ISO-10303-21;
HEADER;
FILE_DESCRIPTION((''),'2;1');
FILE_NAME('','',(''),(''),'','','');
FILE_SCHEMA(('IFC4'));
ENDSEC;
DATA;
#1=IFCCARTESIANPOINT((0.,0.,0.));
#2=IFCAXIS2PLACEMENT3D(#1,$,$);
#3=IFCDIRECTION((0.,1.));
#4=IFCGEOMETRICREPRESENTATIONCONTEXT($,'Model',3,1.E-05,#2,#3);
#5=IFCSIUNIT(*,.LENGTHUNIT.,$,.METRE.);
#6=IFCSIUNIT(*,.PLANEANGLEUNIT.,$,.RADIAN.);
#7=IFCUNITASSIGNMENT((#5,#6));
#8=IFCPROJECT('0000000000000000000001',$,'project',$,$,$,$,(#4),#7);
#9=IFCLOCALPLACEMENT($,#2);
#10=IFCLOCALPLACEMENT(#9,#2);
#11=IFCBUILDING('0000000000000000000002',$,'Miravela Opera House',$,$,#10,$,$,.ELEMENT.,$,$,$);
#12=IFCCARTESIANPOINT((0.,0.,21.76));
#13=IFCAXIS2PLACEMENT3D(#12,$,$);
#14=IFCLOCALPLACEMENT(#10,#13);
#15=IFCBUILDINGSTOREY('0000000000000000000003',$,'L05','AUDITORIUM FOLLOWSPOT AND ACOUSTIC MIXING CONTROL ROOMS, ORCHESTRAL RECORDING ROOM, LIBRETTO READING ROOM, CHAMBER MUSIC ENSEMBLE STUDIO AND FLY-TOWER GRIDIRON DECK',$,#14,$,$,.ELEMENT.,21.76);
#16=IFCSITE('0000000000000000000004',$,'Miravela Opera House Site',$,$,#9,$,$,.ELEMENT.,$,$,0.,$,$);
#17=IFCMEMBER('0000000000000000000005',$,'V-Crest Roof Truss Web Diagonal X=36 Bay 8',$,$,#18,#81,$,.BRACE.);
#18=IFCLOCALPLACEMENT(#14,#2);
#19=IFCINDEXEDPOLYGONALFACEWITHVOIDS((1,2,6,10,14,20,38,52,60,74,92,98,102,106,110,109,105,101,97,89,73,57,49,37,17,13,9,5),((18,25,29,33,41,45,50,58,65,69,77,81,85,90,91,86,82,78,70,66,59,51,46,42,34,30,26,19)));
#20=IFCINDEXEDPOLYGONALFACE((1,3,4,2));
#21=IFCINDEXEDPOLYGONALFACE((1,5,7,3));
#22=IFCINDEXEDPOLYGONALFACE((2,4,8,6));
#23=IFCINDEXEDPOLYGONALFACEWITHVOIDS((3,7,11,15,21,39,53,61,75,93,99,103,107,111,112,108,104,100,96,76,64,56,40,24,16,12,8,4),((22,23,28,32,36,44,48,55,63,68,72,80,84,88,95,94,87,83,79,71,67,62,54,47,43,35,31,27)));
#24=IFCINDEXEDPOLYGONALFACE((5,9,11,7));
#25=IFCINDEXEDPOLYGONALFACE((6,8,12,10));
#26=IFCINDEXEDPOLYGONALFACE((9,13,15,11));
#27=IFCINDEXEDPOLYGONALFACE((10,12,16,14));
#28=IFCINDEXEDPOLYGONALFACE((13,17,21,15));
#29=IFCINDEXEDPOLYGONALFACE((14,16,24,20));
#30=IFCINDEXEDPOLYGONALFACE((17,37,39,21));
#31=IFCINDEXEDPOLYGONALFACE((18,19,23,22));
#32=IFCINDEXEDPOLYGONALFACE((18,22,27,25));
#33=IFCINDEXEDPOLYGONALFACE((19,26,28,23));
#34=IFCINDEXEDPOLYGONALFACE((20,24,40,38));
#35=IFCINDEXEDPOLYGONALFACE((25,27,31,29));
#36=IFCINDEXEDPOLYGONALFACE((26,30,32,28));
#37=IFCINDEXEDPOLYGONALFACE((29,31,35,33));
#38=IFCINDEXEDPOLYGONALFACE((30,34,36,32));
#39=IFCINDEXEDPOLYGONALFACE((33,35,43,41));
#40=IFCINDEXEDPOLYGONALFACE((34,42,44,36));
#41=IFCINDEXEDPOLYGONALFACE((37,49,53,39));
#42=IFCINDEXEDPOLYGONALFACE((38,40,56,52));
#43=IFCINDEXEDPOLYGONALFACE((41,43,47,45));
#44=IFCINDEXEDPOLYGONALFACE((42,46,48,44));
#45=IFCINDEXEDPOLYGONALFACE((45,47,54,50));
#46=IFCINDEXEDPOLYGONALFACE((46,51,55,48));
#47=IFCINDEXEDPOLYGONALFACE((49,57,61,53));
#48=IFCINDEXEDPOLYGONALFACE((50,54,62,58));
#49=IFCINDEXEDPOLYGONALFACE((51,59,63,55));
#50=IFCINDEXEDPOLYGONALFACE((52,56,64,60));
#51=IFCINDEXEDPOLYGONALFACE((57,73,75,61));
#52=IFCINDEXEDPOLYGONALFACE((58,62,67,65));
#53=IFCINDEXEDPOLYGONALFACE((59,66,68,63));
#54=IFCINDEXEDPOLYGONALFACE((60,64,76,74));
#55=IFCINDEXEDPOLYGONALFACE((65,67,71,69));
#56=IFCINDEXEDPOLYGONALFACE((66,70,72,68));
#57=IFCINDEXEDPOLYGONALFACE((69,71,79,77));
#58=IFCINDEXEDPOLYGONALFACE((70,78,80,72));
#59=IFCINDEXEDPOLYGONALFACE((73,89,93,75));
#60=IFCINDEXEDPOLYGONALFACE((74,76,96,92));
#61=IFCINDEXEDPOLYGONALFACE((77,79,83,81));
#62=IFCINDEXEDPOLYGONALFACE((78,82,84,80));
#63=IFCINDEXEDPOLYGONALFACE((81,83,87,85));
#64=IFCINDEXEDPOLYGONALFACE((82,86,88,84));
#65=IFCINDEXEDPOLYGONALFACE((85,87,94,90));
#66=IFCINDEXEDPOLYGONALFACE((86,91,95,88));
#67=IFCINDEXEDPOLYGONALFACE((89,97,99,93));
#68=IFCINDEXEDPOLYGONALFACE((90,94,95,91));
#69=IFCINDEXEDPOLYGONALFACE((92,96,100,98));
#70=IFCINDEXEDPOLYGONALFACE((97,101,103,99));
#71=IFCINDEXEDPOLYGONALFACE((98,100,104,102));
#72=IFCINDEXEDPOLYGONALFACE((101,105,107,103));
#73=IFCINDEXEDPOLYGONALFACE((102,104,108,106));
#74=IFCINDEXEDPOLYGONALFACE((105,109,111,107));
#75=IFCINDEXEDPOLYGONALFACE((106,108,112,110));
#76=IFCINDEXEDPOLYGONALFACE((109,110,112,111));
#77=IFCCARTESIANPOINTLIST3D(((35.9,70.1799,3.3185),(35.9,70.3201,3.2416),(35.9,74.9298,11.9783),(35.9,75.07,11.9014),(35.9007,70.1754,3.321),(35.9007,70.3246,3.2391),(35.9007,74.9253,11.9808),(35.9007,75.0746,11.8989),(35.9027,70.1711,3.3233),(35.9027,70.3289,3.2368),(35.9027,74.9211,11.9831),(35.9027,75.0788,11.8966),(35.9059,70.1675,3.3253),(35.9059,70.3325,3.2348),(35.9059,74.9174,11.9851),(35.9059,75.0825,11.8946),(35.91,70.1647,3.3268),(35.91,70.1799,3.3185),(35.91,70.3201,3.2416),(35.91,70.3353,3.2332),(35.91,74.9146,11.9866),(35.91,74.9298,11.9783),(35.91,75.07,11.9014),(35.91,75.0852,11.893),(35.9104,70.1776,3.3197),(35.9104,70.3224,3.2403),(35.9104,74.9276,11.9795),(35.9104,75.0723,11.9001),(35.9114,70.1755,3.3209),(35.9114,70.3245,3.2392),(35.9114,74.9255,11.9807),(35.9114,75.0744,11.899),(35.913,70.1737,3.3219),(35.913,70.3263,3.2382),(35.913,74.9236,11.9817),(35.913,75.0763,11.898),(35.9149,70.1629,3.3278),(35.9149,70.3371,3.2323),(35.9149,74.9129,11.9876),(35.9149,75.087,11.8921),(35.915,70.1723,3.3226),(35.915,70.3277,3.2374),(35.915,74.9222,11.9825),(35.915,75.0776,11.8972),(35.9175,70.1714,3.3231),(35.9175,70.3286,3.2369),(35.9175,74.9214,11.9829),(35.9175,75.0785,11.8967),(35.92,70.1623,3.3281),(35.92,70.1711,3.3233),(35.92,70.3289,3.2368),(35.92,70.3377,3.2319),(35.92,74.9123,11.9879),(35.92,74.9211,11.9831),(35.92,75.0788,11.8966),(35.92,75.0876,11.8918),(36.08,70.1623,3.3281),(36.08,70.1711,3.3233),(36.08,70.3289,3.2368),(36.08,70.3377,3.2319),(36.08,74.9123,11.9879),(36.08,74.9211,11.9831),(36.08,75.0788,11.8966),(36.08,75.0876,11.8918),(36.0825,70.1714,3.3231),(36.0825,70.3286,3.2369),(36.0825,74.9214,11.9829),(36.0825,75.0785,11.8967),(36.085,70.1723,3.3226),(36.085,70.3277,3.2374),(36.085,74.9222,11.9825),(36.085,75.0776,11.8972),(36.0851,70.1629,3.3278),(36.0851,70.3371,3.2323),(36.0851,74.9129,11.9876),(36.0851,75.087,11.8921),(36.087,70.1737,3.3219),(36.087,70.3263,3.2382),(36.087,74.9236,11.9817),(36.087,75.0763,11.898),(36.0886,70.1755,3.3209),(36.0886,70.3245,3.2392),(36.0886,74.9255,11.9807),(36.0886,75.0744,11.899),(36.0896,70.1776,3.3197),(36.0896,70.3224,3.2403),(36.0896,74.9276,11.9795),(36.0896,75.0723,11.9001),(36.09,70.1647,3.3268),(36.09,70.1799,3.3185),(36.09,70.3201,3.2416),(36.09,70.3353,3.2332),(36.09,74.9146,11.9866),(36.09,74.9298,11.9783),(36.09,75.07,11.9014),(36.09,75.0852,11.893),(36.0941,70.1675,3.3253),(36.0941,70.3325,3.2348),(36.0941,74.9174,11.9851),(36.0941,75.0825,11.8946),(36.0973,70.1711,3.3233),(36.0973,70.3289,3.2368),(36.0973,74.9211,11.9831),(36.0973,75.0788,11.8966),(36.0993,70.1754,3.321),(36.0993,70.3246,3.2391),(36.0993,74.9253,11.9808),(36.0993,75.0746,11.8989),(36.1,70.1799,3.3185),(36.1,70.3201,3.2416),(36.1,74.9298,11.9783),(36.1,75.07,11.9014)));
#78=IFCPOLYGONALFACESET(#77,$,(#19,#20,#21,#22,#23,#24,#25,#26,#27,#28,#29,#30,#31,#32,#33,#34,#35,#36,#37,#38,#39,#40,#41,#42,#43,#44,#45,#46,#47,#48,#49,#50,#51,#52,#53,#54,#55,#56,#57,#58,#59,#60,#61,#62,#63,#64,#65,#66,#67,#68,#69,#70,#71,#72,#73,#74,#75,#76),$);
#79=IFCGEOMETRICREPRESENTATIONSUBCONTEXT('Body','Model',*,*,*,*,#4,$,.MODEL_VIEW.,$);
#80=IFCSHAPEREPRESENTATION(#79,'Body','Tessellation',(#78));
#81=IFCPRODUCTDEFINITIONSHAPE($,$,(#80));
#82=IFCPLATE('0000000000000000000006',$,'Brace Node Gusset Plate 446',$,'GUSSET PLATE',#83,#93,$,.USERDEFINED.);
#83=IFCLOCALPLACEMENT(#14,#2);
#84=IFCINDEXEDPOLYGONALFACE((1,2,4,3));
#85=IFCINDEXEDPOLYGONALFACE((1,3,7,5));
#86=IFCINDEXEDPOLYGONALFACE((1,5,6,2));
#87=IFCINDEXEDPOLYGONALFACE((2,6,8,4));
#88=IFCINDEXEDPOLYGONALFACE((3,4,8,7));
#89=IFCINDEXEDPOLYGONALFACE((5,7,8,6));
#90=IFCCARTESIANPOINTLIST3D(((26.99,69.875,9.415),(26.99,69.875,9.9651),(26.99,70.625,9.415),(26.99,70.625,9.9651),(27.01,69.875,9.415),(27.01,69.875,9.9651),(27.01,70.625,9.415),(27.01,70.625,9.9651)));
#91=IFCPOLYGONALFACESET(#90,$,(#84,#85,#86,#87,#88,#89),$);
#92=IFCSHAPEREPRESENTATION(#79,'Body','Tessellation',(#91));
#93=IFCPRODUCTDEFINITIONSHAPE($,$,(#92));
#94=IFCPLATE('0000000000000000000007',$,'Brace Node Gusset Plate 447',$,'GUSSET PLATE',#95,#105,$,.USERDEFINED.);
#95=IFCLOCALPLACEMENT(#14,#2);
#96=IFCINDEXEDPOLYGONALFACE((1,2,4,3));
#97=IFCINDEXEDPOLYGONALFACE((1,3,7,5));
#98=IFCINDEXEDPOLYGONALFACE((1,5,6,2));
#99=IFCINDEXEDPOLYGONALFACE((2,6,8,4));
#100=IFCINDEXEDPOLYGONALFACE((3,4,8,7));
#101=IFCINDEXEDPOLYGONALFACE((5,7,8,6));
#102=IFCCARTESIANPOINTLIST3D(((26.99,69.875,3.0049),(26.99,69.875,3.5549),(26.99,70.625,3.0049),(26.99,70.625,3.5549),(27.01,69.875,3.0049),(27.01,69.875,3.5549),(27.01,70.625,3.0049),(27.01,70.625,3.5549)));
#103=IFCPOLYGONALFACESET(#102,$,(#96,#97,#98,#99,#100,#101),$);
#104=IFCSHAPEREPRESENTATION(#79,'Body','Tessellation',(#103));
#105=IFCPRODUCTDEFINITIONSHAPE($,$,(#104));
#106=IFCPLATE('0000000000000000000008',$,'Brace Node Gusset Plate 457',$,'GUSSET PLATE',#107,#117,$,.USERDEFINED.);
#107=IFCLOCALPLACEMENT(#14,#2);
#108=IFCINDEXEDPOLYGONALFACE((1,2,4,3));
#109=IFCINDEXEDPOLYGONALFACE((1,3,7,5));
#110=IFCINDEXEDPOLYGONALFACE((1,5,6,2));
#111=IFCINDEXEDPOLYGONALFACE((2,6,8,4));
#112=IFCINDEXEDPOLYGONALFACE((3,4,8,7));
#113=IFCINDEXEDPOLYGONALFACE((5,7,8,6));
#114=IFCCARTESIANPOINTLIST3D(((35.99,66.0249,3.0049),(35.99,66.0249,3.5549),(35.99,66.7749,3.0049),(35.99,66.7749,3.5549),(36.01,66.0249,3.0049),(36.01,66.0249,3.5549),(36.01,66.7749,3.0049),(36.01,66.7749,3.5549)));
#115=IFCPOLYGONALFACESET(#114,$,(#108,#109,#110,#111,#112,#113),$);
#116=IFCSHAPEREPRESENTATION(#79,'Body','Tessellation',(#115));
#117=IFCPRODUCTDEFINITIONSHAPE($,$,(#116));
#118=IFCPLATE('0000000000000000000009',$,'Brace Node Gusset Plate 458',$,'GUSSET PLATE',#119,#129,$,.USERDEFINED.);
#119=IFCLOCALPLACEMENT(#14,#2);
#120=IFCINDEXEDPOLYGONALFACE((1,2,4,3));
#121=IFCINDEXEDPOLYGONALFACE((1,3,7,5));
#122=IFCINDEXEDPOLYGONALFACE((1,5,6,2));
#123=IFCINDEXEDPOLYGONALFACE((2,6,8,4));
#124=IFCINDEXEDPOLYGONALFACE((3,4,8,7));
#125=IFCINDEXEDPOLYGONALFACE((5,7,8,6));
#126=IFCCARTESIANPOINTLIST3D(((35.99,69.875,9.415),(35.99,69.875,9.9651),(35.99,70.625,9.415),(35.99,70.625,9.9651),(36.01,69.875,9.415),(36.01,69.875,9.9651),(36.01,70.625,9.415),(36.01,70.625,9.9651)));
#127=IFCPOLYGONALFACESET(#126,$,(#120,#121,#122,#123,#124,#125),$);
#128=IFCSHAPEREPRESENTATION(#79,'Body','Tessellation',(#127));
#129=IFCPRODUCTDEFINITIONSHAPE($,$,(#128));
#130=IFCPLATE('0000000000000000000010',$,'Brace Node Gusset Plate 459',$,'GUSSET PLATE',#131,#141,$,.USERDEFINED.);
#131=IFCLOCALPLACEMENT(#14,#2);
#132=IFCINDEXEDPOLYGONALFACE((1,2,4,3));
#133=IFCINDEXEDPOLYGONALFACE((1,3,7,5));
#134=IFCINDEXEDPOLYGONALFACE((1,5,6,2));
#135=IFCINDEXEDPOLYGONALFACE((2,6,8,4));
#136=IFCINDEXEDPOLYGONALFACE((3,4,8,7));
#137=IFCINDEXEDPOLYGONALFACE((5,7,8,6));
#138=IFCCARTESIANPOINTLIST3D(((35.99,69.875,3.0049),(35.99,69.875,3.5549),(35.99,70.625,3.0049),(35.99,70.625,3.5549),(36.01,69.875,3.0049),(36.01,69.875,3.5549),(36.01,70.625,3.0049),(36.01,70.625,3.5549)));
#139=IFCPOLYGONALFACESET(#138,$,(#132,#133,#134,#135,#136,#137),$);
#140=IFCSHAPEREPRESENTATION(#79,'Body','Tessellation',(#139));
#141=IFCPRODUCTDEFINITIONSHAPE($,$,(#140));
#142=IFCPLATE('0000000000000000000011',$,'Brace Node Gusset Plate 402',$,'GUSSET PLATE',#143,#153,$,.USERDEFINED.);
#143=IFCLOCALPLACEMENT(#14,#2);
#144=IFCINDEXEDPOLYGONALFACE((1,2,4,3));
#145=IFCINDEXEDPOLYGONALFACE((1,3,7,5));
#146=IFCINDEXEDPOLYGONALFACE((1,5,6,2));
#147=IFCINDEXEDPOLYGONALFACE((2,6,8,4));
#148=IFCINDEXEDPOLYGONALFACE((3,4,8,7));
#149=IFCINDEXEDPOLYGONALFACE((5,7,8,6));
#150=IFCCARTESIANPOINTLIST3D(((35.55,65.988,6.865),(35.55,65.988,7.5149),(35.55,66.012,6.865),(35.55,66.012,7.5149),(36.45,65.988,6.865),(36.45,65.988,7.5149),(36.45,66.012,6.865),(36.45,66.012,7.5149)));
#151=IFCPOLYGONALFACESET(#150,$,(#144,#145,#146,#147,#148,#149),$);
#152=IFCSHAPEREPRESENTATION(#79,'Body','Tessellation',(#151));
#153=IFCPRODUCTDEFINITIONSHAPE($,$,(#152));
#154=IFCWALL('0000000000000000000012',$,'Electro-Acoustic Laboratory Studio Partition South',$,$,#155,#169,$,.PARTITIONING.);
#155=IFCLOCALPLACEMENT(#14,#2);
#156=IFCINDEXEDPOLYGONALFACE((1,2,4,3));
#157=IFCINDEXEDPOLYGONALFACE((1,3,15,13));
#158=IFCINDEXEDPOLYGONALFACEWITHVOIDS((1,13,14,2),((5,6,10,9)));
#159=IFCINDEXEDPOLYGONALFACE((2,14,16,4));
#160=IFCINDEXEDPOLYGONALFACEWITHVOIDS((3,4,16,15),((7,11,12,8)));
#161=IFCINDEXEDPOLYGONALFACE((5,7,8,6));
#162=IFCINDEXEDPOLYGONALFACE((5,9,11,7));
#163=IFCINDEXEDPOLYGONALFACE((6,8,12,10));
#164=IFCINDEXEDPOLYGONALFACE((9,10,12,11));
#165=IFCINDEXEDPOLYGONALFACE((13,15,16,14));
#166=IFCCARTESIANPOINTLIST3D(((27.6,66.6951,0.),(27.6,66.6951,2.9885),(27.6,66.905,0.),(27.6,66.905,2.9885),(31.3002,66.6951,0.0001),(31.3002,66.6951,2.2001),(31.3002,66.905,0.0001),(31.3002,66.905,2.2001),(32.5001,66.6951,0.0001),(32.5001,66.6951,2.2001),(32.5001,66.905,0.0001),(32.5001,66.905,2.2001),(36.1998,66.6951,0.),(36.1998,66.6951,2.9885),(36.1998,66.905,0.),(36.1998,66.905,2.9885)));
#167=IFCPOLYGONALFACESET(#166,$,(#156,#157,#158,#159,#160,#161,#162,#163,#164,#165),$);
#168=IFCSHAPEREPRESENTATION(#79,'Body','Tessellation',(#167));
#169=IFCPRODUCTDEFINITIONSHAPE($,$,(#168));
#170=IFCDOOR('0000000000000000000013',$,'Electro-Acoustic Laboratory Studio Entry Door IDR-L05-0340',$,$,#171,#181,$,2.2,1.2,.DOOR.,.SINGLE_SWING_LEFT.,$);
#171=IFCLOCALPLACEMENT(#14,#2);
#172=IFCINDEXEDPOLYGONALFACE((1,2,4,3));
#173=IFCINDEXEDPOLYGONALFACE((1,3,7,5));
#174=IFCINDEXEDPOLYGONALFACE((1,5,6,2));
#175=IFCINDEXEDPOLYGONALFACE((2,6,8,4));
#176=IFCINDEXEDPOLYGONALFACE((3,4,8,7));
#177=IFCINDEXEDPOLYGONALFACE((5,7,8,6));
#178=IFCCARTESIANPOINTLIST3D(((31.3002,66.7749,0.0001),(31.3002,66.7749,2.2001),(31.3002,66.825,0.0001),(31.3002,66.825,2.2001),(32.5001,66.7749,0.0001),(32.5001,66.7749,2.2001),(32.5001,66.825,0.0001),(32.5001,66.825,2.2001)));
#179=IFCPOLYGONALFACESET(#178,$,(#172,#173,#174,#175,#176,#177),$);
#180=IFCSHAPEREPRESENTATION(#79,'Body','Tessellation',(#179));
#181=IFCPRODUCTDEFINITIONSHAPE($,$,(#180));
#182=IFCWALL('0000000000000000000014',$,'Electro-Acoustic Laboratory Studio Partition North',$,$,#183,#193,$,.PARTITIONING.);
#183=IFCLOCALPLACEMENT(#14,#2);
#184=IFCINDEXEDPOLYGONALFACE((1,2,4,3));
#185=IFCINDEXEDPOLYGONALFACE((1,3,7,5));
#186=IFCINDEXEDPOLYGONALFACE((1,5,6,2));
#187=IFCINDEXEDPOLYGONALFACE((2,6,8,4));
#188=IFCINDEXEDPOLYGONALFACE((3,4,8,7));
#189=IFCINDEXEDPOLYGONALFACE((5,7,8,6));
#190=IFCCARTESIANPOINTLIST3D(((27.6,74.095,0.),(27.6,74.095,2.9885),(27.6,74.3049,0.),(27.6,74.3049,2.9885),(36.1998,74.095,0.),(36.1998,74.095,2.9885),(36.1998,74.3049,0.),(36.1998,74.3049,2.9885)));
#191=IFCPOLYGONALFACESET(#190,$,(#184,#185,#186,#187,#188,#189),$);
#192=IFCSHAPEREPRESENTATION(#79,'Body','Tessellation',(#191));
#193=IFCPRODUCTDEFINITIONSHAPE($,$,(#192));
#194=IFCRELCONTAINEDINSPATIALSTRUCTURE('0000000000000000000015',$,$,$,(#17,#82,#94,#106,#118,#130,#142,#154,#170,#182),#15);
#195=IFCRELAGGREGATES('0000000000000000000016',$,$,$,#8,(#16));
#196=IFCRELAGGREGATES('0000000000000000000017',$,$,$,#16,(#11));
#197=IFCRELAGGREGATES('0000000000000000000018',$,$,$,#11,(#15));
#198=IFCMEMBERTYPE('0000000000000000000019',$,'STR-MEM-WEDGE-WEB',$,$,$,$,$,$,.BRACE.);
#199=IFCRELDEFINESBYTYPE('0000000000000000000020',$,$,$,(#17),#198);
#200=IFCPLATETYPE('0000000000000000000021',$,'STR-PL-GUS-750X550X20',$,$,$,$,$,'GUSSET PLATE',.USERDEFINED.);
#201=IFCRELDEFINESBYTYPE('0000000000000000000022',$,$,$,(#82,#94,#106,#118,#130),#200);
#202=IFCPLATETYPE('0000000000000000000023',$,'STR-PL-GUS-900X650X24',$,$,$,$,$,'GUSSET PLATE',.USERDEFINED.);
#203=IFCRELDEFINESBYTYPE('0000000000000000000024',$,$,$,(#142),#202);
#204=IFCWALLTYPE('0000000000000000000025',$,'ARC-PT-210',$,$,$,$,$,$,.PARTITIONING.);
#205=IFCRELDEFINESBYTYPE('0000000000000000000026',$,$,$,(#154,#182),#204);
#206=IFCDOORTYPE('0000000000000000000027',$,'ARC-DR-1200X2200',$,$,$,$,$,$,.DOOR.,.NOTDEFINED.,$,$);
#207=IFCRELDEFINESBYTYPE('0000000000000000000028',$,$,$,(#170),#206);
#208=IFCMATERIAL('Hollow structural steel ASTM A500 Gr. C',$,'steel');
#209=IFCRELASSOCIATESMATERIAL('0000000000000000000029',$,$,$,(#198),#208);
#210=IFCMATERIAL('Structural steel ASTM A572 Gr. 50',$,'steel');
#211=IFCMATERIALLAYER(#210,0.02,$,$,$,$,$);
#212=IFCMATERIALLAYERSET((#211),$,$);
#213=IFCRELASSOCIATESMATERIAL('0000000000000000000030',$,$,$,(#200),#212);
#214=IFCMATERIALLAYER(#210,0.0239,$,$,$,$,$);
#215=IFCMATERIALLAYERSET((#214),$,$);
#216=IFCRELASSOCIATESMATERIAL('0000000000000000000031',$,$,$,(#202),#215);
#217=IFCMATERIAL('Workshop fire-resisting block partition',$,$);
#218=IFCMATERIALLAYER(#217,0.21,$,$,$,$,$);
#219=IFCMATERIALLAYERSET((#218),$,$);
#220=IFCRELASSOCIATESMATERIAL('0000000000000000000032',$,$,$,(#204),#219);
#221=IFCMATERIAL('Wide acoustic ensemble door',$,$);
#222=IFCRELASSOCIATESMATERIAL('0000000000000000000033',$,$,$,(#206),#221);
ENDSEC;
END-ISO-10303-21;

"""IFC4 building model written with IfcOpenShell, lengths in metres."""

from ifc_helpers import new_model, si_unit, direction, frame, frame_2d, origin, origin_2d, place, context, subcontext, project, spatial, rectangle, hollow_rectangle, extrude, material, layer, layer_set, material_profile, profile_set, type_object, element, fill, save


model = new_model("IFC4")

# Units and contexts
model_context = context("Model", 3, precision=1e-05, world=origin(), true_north=direction((0.0, 1.0)))
body_context = subcontext(model_context, "Body", "Model", "MODEL_VIEW")
ifc_project = project(units=[si_unit("LENGTHUNIT", "METRE"), si_unit("PLANEANGLEUNIT", "RADIAN")], contexts=[model_context])

# Site, building, storey
site_placement = place(None, origin())
site = spatial("IfcSite", under=ifc_project, at=site_placement, Name="Miravela Opera House Site", CompositionType="ELEMENT", RefElevation=0.0)
building_placement = place(site_placement, origin())
building = spatial("IfcBuilding", under=site, at=building_placement, Name="Miravela Opera House", CompositionType="ELEMENT")
storey_placement = place(building_placement, frame((0.0, 0.0, 21.76)))
storey = spatial("IfcBuildingStorey", under=building, at=storey_placement, Name="L05", Description="AUDITORIUM FOLLOWSPOT AND ACOUSTIC MIXING CONTROL ROOMS, ORCHESTRAL RECORDING ROOM, LIBRETTO READING ROOM, CHAMBER MUSIC ENSEMBLE STUDIO AND FLY-TOWER GRIDIRON DECK", CompositionType="ELEMENT", Elevation=21.76)

# Member
ifc_material_1 = material(Name="Hollow structural steel ASTM A500 Gr. C", Category="steel")
ifc_material_profile_1 = material_profile(ifc_material_1, hollow_rectangle(XDim=0.2, YDim=0.2, WallThickness=0.01, InnerFilletRadius=0.01, OuterFilletRadius=0.02, at=origin_2d()), Name="HSS200X200X10")
ifc_profile_set_1 = profile_set([ifc_material_profile_1])
member_type_1 = type_object("IfcMemberType", Name="STR-MEM-WEDGE-WEB", PredefinedType="BRACE", material=ifc_profile_set_1)
member_1_placement = place(storey_placement, frame((36.0, 70.25, 3.28), z_axis=(0.0, 0.480912, 0.876769), x_axis=(-1.0, 0.0, 0.0)))
element("IfcMember", 1, at=member_1_placement, inside=storey, type_object=member_type_1, Name="V-Crest Roof Truss Web Diagonal X=36 Bay 8", PredefinedType="BRACE", context=body_context, shape_type="SweptSolid", body=[
    extrude(hollow_rectangle(XDim=0.2, YDim=0.2, WallThickness=0.01, InnerFilletRadius=0.01, OuterFilletRadius=0.02, at=origin_2d()), origin(), (0.0, 0.0, 1.0), 9.877),
])

# Plates
ifc_material_2 = material(Name="Structural steel ASTM A572 Gr. 50", Category="steel")
ifc_layer_1 = layer(ifc_material_2, 0.02)
ifc_layer_set_1 = layer_set([ifc_layer_1])
plate_type_1 = type_object("IfcPlateType", Name="STR-PL-GUS-750X550X20", ElementType="GUSSET PLATE", PredefinedType="USERDEFINED", material=ifc_layer_set_1)
for number, where, z_axis, x_axis, name in (
    (2, (27.0, 70.25, 9.415), (0.0, 0.0, 1.0), (0.0, 1.0, 0.0), "Brace Node Gusset Plate 446"),
    (3, (27.0, 70.25, 3.0049), (0.0, 0.0, 1.0), (0.0, 1.0, 0.0), "Brace Node Gusset Plate 447"),
    (4, (36.0, 66.3999, 3.0049), (0.0, 0.0, 1.0), (0.0, 1.0, 0.0), "Brace Node Gusset Plate 457"),
    (5, (36.0, 70.25, 9.415), (0.0, 0.0, 1.0), (0.0, 1.0, 0.0), "Brace Node Gusset Plate 458"),
    (6, (36.0, 70.25, 3.0049), (0.0, 0.0, 1.0), (0.0, 1.0, 0.0), "Brace Node Gusset Plate 459"),
):
    element("IfcPlate", number, at=place(storey_placement, frame(where, z_axis=z_axis, x_axis=x_axis)), inside=storey, type_object=plate_type_1, Name=name, ObjectType="GUSSET PLATE", PredefinedType="USERDEFINED", context=body_context, shape_type="SweptSolid", body=[
        extrude(rectangle(XDim=0.75, YDim=0.02, at=origin_2d()), origin(), (0.0, 0.0, 1.0), 0.55),
    ])
ifc_layer_2 = layer(ifc_material_2, 0.0239)
ifc_layer_set_2 = layer_set([ifc_layer_2])
plate_type_2 = type_object("IfcPlateType", Name="STR-PL-GUS-900X650X24", ElementType="GUSSET PLATE", PredefinedType="USERDEFINED", material=ifc_layer_set_2)
plate_placement = place(storey_placement, frame((36.0, 66.0, 6.865), z_axis=(0.0, 0.0, 1.0), x_axis=(1.0, 0.0, 0.0)))
element("IfcPlate", 7, at=plate_placement, inside=storey, type_object=plate_type_2, Name="Brace Node Gusset Plate 402", ObjectType="GUSSET PLATE", PredefinedType="USERDEFINED", context=body_context, shape_type="SweptSolid", body=[
    extrude(rectangle(XDim=0.8999, YDim=0.0239, at=origin_2d()), origin(), (0.0, 0.0, 1.0), 0.6499),
])

# Wall, opening, door
ifc_material_3 = material(Name="Workshop fire-resisting block partition")
ifc_layer_3 = layer(ifc_material_3, 0.21)
ifc_layer_set_3 = layer_set([ifc_layer_3])
wall_type = type_object("IfcWallType", Name="ARC-PT-210", PredefinedType="PARTITIONING", material=ifc_layer_set_3)
wall_1_placement = place(storey_placement, frame((27.6001, 66.8, 0.0), z_axis=(0.0, 0.0, 1.0), x_axis=(1.0, 0.0, 0.0)))
wall_1 = element("IfcWall", 8, at=wall_1_placement, inside=storey, type_object=wall_type, Name="Electro-Acoustic Laboratory Studio Partition South", PredefinedType="PARTITIONING", context=body_context, shape_type="SweptSolid", body=[
    extrude(rectangle(XDim=8.5999, YDim=0.21, at=frame_2d((4.2998, 0.0))), origin(), (0.0, 0.0, 1.0), 2.9885),
])
opening_placement = place(wall_1_placement, frame((3.7, 0.0, 0.0)))
opening = element("IfcOpeningElement", 9, at=opening_placement, cuts=wall_1, PredefinedType="OPENING", context=body_context, shape_type="SweptSolid", body=[
    extrude(rectangle(XDim=1.2, YDim=2.2, at=frame_2d((0.6001, 1.1001))), frame((0.0, 0.115, 0.0), z_axis=(0.0, -1.0, 0.0), x_axis=(1.0, 0.0, 0.0)), (0.0, 0.0, 1.0), 0.23),
])
ifc_material_4 = material(Name="Wide acoustic ensemble door")
door_type = type_object("IfcDoorType", Name="ARC-DR-1200X2200", OperationType="NOTDEFINED", PredefinedType="DOOR", material=ifc_material_4)
door_placement = place(opening_placement, origin())
door = element("IfcDoor", 10, at=door_placement, inside=storey, type_object=door_type, Name="Electro-Acoustic Laboratory Studio Entry Door IDR-L05-0340", OperationType="SINGLE_SWING_LEFT", OverallHeight=2.2, OverallWidth=1.2, PredefinedType="DOOR", context=body_context, shape_type="SweptSolid", body=[
    extrude(rectangle(XDim=1.2, YDim=2.2, at=frame_2d((0.6001, 1.1001))), frame((0.0, 0.0249, 0.0), z_axis=(0.0, -1.0, 0.0), x_axis=(1.0, 0.0, 0.0)), (0.0, 0.0, 1.0), 0.05),
])
fill(opening, door)

# Wall
wall_2_placement = place(storey_placement, frame((27.6001, 74.2, 0.0), z_axis=(0.0, 0.0, 1.0), x_axis=(1.0, 0.0, 0.0)))
element("IfcWall", 11, at=wall_2_placement, inside=storey, type_object=wall_type, Name="Electro-Acoustic Laboratory Studio Partition North", PredefinedType="PARTITIONING", context=body_context, shape_type="SweptSolid", body=[
    extrude(rectangle(XDim=8.5999, YDim=0.21, at=frame_2d((4.2998, 0.0))), origin(), (0.0, 0.0, 1.0), 2.9885),
])

save(model, "model.ifc")
